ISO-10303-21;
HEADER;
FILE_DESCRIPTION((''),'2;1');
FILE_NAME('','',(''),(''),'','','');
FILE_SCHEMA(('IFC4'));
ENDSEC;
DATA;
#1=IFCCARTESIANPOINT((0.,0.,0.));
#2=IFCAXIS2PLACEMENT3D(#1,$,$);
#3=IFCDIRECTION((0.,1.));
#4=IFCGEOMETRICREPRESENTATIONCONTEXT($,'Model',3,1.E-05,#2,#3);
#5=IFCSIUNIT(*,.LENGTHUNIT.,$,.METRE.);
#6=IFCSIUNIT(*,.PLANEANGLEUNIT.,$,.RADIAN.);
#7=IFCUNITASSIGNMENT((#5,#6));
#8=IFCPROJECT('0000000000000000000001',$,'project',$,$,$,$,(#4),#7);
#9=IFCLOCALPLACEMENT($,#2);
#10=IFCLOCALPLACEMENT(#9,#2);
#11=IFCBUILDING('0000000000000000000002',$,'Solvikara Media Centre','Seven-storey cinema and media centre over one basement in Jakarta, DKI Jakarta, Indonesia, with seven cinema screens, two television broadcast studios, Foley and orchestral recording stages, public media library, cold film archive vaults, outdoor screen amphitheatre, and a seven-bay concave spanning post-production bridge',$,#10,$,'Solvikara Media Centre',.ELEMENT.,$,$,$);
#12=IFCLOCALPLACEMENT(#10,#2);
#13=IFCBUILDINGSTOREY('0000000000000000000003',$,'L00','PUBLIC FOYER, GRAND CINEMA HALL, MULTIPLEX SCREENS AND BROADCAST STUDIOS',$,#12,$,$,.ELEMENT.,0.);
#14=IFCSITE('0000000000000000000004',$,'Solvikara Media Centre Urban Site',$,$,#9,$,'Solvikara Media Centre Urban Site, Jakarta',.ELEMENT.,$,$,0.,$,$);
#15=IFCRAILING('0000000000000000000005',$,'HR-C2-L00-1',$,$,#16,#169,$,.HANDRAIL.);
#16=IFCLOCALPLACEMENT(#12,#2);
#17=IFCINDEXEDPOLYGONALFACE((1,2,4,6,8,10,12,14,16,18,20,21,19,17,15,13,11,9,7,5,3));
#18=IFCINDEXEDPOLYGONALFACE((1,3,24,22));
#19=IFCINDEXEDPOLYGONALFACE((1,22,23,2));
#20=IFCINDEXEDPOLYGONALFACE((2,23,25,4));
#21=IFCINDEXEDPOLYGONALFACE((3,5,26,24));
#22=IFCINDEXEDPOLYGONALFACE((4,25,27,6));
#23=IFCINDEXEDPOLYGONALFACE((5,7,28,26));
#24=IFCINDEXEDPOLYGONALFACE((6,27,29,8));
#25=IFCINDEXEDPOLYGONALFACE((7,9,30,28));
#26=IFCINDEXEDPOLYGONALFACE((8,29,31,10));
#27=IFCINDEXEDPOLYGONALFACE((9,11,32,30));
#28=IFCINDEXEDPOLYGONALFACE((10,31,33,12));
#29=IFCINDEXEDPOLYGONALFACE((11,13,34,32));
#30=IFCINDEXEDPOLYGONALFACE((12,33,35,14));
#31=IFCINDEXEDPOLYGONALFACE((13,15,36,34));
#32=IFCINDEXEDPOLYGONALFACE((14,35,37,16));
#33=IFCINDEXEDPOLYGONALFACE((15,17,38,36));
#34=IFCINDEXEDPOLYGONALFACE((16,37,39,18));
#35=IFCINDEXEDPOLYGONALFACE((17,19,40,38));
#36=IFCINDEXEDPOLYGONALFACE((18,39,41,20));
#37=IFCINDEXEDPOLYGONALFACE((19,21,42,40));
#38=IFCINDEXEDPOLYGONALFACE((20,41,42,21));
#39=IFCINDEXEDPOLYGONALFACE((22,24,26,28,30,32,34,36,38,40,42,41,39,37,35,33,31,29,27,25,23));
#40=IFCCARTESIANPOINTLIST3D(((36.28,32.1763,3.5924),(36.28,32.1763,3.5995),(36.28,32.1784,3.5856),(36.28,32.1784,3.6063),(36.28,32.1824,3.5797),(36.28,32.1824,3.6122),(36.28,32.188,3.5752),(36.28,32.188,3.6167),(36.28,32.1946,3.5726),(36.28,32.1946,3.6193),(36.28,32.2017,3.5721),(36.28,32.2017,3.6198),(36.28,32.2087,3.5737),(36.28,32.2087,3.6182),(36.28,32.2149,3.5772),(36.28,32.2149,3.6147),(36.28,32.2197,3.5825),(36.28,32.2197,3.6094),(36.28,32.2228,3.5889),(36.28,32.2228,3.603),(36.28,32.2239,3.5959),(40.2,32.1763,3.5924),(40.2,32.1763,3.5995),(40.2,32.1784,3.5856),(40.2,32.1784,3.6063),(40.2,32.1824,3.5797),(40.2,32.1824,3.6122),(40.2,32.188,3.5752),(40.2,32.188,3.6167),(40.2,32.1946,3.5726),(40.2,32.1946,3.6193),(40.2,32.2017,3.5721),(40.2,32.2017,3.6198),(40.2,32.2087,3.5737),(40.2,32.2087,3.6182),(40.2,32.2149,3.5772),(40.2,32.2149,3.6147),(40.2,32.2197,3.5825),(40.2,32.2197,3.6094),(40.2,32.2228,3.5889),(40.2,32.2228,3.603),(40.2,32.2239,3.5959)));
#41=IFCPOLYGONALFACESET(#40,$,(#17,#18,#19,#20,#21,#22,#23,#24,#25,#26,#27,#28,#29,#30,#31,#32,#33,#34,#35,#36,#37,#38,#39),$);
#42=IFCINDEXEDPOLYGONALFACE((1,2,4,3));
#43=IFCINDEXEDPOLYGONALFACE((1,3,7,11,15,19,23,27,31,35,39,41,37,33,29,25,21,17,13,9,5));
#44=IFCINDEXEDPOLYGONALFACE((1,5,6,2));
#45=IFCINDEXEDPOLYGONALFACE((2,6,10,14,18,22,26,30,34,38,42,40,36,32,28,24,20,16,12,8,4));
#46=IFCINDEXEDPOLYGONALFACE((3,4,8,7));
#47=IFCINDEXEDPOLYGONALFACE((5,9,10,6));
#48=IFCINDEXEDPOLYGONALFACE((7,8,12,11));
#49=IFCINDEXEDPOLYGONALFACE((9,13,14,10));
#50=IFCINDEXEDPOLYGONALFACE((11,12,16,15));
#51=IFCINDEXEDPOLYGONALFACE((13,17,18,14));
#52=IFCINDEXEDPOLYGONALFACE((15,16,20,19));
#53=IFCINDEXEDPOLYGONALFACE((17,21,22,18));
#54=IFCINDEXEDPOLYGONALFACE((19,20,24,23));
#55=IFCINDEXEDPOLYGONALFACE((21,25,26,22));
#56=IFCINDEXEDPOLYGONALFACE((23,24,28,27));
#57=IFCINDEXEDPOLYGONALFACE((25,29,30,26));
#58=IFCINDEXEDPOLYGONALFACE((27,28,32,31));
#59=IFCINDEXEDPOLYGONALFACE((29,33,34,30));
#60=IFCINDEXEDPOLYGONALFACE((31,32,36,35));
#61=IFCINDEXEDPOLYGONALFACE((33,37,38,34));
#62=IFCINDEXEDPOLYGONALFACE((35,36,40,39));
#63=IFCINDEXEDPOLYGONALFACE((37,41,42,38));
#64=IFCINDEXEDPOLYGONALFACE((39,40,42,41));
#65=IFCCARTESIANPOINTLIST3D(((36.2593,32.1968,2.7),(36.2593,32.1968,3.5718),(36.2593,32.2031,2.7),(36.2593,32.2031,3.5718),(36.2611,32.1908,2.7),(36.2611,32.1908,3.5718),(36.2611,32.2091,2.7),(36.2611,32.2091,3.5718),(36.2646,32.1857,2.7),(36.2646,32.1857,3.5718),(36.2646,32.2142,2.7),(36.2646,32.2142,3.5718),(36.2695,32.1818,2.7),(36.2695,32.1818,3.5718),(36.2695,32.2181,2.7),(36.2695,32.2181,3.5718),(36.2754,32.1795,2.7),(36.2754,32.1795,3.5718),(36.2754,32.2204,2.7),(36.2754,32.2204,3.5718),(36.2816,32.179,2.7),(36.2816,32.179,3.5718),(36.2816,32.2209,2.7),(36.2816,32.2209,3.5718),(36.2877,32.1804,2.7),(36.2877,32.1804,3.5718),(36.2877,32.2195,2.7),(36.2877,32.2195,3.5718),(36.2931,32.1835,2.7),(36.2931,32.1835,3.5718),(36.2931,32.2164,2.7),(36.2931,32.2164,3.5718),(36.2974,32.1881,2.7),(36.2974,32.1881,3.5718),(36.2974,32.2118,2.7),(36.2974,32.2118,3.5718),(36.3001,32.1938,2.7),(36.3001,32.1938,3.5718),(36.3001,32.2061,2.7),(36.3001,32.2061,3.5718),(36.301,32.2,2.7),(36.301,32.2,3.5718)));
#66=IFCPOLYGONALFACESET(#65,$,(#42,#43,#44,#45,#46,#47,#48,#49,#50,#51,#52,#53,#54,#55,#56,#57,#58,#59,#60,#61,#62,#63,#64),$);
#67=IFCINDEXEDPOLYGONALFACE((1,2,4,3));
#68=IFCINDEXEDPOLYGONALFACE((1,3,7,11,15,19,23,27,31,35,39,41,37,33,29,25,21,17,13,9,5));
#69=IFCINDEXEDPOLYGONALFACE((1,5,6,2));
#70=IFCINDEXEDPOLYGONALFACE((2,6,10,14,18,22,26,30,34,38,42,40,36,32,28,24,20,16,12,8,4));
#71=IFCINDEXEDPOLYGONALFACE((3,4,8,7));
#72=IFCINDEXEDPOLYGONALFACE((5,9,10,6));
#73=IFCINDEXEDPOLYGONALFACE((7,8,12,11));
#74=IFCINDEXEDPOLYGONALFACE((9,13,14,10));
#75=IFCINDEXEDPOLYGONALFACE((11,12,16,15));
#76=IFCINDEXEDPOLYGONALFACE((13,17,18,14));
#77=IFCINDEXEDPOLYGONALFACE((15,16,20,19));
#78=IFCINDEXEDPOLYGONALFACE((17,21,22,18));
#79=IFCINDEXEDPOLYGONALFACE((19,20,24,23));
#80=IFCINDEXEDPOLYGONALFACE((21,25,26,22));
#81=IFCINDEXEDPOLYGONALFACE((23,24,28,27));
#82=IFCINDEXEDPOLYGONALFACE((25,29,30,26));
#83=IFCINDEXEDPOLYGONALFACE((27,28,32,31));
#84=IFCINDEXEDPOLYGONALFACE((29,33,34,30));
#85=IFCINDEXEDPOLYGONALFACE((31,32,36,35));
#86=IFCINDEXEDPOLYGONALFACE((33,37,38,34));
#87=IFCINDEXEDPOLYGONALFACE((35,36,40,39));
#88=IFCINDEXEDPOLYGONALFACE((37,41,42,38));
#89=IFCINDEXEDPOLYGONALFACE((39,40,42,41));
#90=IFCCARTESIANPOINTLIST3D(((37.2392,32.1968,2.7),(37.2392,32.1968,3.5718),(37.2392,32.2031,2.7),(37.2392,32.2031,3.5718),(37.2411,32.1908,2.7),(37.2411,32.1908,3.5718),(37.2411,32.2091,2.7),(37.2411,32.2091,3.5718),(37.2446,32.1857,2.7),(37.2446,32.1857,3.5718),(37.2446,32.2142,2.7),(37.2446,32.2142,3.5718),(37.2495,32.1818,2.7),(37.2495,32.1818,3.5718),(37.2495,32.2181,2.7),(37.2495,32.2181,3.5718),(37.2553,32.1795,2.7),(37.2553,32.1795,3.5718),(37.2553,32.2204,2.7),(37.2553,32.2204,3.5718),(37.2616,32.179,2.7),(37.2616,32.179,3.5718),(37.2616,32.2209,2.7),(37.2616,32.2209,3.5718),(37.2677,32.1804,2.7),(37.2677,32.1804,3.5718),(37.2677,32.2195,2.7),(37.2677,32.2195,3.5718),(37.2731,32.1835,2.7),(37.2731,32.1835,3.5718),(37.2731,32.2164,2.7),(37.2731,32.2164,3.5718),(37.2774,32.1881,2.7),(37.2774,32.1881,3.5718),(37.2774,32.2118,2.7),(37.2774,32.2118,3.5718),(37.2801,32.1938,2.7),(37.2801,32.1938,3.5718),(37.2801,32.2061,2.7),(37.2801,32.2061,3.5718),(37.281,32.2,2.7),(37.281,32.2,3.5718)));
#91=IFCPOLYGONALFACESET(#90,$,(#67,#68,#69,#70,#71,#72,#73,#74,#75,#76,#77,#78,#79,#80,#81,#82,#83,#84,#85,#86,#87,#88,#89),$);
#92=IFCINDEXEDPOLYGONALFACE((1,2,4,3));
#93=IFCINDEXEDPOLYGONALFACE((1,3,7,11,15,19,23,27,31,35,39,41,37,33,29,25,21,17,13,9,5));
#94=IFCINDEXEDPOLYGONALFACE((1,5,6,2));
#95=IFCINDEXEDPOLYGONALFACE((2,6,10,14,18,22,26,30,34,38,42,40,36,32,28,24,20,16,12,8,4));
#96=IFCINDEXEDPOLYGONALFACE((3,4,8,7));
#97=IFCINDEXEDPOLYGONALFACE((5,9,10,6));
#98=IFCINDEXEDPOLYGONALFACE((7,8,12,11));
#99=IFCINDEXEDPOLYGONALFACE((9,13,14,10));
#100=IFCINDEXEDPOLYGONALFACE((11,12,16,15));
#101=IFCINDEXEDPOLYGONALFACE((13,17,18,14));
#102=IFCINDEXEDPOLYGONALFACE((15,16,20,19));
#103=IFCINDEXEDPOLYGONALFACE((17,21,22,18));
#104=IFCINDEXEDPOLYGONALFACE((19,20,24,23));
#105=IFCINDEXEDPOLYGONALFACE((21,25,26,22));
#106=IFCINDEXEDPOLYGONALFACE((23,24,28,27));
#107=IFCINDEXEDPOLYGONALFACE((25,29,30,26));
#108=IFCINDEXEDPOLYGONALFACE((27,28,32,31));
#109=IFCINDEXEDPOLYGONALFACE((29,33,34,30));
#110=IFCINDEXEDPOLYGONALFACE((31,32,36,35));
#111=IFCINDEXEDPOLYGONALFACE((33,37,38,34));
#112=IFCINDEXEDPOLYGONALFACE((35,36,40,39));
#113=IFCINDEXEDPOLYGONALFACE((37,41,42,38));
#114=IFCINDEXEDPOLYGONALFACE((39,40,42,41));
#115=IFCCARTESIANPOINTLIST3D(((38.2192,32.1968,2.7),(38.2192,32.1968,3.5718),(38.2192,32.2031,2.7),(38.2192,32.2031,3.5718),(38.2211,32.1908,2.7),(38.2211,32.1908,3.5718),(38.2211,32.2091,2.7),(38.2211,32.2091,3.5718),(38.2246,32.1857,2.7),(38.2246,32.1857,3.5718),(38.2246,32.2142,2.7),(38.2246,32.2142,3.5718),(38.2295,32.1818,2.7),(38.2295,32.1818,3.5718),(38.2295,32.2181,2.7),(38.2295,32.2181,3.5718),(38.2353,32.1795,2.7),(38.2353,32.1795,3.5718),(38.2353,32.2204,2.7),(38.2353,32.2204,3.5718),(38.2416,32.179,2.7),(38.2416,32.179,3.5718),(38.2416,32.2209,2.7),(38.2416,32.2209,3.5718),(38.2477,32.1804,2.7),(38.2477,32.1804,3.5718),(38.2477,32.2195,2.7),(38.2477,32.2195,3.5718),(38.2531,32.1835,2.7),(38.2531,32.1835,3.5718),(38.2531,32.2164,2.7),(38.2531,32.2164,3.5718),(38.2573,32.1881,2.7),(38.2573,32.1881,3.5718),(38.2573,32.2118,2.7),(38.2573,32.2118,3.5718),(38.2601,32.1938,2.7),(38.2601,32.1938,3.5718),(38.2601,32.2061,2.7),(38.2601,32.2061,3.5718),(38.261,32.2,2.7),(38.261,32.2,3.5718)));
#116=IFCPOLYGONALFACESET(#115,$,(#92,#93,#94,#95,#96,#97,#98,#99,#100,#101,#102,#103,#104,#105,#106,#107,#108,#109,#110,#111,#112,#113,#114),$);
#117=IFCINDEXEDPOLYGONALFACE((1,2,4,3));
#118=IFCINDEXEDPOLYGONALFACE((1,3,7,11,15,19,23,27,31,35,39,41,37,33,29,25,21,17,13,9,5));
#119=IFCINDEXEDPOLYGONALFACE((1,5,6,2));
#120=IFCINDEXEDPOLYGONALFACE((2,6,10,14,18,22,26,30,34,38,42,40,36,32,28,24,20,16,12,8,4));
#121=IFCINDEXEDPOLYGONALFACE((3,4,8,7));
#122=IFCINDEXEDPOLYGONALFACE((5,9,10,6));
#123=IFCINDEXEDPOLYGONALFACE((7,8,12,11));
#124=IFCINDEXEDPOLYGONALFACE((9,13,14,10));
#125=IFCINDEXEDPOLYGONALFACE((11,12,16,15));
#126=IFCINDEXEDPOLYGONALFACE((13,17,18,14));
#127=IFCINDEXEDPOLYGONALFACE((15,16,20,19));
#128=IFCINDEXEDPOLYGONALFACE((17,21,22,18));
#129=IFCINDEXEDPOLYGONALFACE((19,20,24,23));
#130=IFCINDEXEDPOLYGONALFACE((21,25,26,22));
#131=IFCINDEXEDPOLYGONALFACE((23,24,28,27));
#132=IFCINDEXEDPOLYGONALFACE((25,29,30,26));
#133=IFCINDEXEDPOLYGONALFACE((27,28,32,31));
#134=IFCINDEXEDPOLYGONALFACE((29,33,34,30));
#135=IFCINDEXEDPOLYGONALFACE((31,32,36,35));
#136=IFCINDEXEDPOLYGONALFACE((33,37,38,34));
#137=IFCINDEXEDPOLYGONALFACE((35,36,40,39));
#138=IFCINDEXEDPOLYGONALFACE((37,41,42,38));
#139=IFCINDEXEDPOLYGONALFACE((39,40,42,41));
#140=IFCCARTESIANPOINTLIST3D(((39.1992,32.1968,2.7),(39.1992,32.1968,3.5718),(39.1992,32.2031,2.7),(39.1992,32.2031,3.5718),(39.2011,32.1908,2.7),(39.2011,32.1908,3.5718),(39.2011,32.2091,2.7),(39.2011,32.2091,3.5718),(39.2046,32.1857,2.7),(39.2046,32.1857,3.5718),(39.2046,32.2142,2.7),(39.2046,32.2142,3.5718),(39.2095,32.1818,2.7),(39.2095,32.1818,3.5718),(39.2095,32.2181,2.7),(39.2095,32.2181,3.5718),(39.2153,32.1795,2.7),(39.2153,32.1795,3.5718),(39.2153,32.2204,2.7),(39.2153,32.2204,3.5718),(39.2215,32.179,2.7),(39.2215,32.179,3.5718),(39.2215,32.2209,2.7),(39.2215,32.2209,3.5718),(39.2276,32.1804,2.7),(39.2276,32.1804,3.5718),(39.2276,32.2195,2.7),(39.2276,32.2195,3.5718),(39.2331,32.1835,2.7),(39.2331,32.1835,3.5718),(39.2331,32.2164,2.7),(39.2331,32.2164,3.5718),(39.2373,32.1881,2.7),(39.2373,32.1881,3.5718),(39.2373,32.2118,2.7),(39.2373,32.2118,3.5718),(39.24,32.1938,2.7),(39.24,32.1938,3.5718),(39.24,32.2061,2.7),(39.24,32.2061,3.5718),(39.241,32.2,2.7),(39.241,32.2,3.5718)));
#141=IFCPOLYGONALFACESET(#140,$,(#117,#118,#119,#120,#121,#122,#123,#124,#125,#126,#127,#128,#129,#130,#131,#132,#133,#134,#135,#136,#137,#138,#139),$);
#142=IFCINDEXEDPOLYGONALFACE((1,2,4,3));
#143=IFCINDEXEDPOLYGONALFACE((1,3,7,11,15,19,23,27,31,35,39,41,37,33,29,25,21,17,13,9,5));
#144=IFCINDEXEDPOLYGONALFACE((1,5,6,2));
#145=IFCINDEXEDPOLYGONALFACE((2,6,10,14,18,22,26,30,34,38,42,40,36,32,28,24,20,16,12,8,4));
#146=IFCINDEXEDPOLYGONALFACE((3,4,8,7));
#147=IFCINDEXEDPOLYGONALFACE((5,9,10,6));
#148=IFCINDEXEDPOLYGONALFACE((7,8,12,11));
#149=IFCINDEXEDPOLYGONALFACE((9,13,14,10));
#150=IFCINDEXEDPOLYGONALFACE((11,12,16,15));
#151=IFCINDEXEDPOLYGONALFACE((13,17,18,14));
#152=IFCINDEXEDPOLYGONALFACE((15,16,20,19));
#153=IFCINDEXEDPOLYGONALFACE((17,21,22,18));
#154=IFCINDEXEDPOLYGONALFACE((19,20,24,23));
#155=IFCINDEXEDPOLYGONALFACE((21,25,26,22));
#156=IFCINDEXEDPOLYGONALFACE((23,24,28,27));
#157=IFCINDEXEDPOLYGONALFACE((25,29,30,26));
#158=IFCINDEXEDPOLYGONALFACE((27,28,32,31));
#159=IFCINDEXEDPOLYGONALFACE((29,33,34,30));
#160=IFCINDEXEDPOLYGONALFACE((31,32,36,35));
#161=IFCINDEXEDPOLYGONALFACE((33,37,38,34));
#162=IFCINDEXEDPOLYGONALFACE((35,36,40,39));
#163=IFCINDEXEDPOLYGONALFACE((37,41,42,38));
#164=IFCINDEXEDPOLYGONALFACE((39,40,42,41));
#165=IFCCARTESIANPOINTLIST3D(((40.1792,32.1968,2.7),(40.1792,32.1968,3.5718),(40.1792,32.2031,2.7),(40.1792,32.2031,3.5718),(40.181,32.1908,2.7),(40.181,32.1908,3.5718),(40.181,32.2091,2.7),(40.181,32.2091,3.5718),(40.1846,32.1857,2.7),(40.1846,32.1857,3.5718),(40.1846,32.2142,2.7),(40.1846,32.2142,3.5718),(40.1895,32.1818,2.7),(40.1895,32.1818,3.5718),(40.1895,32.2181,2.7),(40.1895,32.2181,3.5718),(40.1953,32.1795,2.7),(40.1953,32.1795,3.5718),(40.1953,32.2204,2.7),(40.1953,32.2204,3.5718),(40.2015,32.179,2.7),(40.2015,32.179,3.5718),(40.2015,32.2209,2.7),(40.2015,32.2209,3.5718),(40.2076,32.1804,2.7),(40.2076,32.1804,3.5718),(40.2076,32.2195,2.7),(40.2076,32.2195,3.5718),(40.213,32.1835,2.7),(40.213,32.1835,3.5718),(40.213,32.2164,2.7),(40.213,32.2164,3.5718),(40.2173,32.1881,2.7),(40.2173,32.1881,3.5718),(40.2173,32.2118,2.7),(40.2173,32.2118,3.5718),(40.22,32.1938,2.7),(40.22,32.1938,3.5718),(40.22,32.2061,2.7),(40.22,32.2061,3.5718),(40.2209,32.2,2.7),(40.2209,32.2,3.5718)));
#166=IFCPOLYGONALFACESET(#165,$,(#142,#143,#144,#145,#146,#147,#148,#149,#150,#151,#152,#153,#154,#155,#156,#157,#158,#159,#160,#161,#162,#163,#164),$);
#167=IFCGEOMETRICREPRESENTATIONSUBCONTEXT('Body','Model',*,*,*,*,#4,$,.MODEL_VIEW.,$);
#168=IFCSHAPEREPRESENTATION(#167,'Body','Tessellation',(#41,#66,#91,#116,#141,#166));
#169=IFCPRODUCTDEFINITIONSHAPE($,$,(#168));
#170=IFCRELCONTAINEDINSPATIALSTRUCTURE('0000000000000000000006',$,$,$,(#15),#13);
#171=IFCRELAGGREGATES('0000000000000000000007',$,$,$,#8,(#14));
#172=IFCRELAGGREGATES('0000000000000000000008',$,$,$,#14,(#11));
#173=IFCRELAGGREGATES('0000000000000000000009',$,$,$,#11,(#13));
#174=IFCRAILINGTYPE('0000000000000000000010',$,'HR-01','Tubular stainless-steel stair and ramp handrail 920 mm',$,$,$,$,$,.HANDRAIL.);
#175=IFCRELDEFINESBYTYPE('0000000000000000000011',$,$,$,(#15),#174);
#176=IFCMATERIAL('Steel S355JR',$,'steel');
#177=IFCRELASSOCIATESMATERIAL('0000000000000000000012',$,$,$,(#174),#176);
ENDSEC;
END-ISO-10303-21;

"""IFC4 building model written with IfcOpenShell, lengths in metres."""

from ifc_helpers import new_model, si_unit, direction, frame, origin, origin_2d, place, context, subcontext, project, spatial, circle, extrude, material, type_object, element, save


model = new_model("IFC4")

# Units and contexts
model_context = context("Model", 3, precision=1e-05, world=origin(), true_north=direction((0.0, 1.0)))
body_context = subcontext(model_context, "Body", "Model", "MODEL_VIEW")
ifc_project = project(units=[si_unit("LENGTHUNIT", "METRE"), si_unit("PLANEANGLEUNIT", "RADIAN")], contexts=[model_context])

# Site, building, storey
site_placement = place(None, origin())
site = spatial("IfcSite", under=ifc_project, at=site_placement, Name="Solvikara Media Centre Urban Site", LongName="Solvikara Media Centre Urban Site, Jakarta", CompositionType="ELEMENT", RefElevation=0.0)
building_placement = place(site_placement, origin())
building = spatial("IfcBuilding", under=site, at=building_placement, Name="Solvikara Media Centre", Description="Seven-storey cinema and media centre over one basement in Jakarta, DKI Jakarta, Indonesia, with seven cinema screens, two television broadcast studios, Foley and orchestral recording stages, public media library, cold film archive vaults, outdoor screen amphitheatre, and a seven-bay concave spanning post-production bridge", LongName="Solvikara Media Centre", CompositionType="ELEMENT")
storey_placement = place(building_placement, origin())
storey = spatial("IfcBuildingStorey", under=building, at=storey_placement, Name="L00", Description="PUBLIC FOYER, GRAND CINEMA HALL, MULTIPLEX SCREENS AND BROADCAST STUDIOS", CompositionType="ELEMENT", Elevation=0.0)

# Shared definitions
ifc_material_1 = material(Name="Steel S355JR", Category="steel")

# Railing
railing_type_1 = type_object("IfcRailingType", Name="HR-01", Description="Tubular stainless-steel stair and ramp handrail 920 mm", PredefinedType="HANDRAIL", material=ifc_material_1)
railing_1_placement = place(storey_placement, frame((36.28, 32.2, 2.7)))
element("IfcRailing", 1, at=railing_1_placement, inside=storey, type_object=railing_type_1, Name="HR-C2-L00-1", PredefinedType="HANDRAIL", context=body_context, shape_type="SweptSolid", body=[
    extrude(circle(Radius=0.0239, at=origin_2d()), frame((0.0, 0.0, 0.896), z_axis=(1.0, 0.0, 0.0), x_axis=(0.0, 1.0, 0.0)), (0.0, 0.0, 1.0), 3.9199),
    extrude(circle(Radius=0.021, at=origin_2d()), origin(), (0.0, 0.0, 1.0), 0.8718),
    extrude(circle(Radius=0.021, at=origin_2d()), frame((0.98, 0.0, 0.0)), (0.0, 0.0, 1.0), 0.8718),
    extrude(circle(Radius=0.021, at=origin_2d()), frame((1.96, 0.0, 0.0)), (0.0, 0.0, 1.0), 0.8718),
    extrude(circle(Radius=0.021, at=origin_2d()), frame((2.9399, 0.0, 0.0)), (0.0, 0.0, 1.0), 0.8718),
    extrude(circle(Radius=0.021, at=origin_2d()), frame((3.9199, 0.0, 0.0)), (0.0, 0.0, 1.0), 0.8718),
])

save(model, "model.ifc")
